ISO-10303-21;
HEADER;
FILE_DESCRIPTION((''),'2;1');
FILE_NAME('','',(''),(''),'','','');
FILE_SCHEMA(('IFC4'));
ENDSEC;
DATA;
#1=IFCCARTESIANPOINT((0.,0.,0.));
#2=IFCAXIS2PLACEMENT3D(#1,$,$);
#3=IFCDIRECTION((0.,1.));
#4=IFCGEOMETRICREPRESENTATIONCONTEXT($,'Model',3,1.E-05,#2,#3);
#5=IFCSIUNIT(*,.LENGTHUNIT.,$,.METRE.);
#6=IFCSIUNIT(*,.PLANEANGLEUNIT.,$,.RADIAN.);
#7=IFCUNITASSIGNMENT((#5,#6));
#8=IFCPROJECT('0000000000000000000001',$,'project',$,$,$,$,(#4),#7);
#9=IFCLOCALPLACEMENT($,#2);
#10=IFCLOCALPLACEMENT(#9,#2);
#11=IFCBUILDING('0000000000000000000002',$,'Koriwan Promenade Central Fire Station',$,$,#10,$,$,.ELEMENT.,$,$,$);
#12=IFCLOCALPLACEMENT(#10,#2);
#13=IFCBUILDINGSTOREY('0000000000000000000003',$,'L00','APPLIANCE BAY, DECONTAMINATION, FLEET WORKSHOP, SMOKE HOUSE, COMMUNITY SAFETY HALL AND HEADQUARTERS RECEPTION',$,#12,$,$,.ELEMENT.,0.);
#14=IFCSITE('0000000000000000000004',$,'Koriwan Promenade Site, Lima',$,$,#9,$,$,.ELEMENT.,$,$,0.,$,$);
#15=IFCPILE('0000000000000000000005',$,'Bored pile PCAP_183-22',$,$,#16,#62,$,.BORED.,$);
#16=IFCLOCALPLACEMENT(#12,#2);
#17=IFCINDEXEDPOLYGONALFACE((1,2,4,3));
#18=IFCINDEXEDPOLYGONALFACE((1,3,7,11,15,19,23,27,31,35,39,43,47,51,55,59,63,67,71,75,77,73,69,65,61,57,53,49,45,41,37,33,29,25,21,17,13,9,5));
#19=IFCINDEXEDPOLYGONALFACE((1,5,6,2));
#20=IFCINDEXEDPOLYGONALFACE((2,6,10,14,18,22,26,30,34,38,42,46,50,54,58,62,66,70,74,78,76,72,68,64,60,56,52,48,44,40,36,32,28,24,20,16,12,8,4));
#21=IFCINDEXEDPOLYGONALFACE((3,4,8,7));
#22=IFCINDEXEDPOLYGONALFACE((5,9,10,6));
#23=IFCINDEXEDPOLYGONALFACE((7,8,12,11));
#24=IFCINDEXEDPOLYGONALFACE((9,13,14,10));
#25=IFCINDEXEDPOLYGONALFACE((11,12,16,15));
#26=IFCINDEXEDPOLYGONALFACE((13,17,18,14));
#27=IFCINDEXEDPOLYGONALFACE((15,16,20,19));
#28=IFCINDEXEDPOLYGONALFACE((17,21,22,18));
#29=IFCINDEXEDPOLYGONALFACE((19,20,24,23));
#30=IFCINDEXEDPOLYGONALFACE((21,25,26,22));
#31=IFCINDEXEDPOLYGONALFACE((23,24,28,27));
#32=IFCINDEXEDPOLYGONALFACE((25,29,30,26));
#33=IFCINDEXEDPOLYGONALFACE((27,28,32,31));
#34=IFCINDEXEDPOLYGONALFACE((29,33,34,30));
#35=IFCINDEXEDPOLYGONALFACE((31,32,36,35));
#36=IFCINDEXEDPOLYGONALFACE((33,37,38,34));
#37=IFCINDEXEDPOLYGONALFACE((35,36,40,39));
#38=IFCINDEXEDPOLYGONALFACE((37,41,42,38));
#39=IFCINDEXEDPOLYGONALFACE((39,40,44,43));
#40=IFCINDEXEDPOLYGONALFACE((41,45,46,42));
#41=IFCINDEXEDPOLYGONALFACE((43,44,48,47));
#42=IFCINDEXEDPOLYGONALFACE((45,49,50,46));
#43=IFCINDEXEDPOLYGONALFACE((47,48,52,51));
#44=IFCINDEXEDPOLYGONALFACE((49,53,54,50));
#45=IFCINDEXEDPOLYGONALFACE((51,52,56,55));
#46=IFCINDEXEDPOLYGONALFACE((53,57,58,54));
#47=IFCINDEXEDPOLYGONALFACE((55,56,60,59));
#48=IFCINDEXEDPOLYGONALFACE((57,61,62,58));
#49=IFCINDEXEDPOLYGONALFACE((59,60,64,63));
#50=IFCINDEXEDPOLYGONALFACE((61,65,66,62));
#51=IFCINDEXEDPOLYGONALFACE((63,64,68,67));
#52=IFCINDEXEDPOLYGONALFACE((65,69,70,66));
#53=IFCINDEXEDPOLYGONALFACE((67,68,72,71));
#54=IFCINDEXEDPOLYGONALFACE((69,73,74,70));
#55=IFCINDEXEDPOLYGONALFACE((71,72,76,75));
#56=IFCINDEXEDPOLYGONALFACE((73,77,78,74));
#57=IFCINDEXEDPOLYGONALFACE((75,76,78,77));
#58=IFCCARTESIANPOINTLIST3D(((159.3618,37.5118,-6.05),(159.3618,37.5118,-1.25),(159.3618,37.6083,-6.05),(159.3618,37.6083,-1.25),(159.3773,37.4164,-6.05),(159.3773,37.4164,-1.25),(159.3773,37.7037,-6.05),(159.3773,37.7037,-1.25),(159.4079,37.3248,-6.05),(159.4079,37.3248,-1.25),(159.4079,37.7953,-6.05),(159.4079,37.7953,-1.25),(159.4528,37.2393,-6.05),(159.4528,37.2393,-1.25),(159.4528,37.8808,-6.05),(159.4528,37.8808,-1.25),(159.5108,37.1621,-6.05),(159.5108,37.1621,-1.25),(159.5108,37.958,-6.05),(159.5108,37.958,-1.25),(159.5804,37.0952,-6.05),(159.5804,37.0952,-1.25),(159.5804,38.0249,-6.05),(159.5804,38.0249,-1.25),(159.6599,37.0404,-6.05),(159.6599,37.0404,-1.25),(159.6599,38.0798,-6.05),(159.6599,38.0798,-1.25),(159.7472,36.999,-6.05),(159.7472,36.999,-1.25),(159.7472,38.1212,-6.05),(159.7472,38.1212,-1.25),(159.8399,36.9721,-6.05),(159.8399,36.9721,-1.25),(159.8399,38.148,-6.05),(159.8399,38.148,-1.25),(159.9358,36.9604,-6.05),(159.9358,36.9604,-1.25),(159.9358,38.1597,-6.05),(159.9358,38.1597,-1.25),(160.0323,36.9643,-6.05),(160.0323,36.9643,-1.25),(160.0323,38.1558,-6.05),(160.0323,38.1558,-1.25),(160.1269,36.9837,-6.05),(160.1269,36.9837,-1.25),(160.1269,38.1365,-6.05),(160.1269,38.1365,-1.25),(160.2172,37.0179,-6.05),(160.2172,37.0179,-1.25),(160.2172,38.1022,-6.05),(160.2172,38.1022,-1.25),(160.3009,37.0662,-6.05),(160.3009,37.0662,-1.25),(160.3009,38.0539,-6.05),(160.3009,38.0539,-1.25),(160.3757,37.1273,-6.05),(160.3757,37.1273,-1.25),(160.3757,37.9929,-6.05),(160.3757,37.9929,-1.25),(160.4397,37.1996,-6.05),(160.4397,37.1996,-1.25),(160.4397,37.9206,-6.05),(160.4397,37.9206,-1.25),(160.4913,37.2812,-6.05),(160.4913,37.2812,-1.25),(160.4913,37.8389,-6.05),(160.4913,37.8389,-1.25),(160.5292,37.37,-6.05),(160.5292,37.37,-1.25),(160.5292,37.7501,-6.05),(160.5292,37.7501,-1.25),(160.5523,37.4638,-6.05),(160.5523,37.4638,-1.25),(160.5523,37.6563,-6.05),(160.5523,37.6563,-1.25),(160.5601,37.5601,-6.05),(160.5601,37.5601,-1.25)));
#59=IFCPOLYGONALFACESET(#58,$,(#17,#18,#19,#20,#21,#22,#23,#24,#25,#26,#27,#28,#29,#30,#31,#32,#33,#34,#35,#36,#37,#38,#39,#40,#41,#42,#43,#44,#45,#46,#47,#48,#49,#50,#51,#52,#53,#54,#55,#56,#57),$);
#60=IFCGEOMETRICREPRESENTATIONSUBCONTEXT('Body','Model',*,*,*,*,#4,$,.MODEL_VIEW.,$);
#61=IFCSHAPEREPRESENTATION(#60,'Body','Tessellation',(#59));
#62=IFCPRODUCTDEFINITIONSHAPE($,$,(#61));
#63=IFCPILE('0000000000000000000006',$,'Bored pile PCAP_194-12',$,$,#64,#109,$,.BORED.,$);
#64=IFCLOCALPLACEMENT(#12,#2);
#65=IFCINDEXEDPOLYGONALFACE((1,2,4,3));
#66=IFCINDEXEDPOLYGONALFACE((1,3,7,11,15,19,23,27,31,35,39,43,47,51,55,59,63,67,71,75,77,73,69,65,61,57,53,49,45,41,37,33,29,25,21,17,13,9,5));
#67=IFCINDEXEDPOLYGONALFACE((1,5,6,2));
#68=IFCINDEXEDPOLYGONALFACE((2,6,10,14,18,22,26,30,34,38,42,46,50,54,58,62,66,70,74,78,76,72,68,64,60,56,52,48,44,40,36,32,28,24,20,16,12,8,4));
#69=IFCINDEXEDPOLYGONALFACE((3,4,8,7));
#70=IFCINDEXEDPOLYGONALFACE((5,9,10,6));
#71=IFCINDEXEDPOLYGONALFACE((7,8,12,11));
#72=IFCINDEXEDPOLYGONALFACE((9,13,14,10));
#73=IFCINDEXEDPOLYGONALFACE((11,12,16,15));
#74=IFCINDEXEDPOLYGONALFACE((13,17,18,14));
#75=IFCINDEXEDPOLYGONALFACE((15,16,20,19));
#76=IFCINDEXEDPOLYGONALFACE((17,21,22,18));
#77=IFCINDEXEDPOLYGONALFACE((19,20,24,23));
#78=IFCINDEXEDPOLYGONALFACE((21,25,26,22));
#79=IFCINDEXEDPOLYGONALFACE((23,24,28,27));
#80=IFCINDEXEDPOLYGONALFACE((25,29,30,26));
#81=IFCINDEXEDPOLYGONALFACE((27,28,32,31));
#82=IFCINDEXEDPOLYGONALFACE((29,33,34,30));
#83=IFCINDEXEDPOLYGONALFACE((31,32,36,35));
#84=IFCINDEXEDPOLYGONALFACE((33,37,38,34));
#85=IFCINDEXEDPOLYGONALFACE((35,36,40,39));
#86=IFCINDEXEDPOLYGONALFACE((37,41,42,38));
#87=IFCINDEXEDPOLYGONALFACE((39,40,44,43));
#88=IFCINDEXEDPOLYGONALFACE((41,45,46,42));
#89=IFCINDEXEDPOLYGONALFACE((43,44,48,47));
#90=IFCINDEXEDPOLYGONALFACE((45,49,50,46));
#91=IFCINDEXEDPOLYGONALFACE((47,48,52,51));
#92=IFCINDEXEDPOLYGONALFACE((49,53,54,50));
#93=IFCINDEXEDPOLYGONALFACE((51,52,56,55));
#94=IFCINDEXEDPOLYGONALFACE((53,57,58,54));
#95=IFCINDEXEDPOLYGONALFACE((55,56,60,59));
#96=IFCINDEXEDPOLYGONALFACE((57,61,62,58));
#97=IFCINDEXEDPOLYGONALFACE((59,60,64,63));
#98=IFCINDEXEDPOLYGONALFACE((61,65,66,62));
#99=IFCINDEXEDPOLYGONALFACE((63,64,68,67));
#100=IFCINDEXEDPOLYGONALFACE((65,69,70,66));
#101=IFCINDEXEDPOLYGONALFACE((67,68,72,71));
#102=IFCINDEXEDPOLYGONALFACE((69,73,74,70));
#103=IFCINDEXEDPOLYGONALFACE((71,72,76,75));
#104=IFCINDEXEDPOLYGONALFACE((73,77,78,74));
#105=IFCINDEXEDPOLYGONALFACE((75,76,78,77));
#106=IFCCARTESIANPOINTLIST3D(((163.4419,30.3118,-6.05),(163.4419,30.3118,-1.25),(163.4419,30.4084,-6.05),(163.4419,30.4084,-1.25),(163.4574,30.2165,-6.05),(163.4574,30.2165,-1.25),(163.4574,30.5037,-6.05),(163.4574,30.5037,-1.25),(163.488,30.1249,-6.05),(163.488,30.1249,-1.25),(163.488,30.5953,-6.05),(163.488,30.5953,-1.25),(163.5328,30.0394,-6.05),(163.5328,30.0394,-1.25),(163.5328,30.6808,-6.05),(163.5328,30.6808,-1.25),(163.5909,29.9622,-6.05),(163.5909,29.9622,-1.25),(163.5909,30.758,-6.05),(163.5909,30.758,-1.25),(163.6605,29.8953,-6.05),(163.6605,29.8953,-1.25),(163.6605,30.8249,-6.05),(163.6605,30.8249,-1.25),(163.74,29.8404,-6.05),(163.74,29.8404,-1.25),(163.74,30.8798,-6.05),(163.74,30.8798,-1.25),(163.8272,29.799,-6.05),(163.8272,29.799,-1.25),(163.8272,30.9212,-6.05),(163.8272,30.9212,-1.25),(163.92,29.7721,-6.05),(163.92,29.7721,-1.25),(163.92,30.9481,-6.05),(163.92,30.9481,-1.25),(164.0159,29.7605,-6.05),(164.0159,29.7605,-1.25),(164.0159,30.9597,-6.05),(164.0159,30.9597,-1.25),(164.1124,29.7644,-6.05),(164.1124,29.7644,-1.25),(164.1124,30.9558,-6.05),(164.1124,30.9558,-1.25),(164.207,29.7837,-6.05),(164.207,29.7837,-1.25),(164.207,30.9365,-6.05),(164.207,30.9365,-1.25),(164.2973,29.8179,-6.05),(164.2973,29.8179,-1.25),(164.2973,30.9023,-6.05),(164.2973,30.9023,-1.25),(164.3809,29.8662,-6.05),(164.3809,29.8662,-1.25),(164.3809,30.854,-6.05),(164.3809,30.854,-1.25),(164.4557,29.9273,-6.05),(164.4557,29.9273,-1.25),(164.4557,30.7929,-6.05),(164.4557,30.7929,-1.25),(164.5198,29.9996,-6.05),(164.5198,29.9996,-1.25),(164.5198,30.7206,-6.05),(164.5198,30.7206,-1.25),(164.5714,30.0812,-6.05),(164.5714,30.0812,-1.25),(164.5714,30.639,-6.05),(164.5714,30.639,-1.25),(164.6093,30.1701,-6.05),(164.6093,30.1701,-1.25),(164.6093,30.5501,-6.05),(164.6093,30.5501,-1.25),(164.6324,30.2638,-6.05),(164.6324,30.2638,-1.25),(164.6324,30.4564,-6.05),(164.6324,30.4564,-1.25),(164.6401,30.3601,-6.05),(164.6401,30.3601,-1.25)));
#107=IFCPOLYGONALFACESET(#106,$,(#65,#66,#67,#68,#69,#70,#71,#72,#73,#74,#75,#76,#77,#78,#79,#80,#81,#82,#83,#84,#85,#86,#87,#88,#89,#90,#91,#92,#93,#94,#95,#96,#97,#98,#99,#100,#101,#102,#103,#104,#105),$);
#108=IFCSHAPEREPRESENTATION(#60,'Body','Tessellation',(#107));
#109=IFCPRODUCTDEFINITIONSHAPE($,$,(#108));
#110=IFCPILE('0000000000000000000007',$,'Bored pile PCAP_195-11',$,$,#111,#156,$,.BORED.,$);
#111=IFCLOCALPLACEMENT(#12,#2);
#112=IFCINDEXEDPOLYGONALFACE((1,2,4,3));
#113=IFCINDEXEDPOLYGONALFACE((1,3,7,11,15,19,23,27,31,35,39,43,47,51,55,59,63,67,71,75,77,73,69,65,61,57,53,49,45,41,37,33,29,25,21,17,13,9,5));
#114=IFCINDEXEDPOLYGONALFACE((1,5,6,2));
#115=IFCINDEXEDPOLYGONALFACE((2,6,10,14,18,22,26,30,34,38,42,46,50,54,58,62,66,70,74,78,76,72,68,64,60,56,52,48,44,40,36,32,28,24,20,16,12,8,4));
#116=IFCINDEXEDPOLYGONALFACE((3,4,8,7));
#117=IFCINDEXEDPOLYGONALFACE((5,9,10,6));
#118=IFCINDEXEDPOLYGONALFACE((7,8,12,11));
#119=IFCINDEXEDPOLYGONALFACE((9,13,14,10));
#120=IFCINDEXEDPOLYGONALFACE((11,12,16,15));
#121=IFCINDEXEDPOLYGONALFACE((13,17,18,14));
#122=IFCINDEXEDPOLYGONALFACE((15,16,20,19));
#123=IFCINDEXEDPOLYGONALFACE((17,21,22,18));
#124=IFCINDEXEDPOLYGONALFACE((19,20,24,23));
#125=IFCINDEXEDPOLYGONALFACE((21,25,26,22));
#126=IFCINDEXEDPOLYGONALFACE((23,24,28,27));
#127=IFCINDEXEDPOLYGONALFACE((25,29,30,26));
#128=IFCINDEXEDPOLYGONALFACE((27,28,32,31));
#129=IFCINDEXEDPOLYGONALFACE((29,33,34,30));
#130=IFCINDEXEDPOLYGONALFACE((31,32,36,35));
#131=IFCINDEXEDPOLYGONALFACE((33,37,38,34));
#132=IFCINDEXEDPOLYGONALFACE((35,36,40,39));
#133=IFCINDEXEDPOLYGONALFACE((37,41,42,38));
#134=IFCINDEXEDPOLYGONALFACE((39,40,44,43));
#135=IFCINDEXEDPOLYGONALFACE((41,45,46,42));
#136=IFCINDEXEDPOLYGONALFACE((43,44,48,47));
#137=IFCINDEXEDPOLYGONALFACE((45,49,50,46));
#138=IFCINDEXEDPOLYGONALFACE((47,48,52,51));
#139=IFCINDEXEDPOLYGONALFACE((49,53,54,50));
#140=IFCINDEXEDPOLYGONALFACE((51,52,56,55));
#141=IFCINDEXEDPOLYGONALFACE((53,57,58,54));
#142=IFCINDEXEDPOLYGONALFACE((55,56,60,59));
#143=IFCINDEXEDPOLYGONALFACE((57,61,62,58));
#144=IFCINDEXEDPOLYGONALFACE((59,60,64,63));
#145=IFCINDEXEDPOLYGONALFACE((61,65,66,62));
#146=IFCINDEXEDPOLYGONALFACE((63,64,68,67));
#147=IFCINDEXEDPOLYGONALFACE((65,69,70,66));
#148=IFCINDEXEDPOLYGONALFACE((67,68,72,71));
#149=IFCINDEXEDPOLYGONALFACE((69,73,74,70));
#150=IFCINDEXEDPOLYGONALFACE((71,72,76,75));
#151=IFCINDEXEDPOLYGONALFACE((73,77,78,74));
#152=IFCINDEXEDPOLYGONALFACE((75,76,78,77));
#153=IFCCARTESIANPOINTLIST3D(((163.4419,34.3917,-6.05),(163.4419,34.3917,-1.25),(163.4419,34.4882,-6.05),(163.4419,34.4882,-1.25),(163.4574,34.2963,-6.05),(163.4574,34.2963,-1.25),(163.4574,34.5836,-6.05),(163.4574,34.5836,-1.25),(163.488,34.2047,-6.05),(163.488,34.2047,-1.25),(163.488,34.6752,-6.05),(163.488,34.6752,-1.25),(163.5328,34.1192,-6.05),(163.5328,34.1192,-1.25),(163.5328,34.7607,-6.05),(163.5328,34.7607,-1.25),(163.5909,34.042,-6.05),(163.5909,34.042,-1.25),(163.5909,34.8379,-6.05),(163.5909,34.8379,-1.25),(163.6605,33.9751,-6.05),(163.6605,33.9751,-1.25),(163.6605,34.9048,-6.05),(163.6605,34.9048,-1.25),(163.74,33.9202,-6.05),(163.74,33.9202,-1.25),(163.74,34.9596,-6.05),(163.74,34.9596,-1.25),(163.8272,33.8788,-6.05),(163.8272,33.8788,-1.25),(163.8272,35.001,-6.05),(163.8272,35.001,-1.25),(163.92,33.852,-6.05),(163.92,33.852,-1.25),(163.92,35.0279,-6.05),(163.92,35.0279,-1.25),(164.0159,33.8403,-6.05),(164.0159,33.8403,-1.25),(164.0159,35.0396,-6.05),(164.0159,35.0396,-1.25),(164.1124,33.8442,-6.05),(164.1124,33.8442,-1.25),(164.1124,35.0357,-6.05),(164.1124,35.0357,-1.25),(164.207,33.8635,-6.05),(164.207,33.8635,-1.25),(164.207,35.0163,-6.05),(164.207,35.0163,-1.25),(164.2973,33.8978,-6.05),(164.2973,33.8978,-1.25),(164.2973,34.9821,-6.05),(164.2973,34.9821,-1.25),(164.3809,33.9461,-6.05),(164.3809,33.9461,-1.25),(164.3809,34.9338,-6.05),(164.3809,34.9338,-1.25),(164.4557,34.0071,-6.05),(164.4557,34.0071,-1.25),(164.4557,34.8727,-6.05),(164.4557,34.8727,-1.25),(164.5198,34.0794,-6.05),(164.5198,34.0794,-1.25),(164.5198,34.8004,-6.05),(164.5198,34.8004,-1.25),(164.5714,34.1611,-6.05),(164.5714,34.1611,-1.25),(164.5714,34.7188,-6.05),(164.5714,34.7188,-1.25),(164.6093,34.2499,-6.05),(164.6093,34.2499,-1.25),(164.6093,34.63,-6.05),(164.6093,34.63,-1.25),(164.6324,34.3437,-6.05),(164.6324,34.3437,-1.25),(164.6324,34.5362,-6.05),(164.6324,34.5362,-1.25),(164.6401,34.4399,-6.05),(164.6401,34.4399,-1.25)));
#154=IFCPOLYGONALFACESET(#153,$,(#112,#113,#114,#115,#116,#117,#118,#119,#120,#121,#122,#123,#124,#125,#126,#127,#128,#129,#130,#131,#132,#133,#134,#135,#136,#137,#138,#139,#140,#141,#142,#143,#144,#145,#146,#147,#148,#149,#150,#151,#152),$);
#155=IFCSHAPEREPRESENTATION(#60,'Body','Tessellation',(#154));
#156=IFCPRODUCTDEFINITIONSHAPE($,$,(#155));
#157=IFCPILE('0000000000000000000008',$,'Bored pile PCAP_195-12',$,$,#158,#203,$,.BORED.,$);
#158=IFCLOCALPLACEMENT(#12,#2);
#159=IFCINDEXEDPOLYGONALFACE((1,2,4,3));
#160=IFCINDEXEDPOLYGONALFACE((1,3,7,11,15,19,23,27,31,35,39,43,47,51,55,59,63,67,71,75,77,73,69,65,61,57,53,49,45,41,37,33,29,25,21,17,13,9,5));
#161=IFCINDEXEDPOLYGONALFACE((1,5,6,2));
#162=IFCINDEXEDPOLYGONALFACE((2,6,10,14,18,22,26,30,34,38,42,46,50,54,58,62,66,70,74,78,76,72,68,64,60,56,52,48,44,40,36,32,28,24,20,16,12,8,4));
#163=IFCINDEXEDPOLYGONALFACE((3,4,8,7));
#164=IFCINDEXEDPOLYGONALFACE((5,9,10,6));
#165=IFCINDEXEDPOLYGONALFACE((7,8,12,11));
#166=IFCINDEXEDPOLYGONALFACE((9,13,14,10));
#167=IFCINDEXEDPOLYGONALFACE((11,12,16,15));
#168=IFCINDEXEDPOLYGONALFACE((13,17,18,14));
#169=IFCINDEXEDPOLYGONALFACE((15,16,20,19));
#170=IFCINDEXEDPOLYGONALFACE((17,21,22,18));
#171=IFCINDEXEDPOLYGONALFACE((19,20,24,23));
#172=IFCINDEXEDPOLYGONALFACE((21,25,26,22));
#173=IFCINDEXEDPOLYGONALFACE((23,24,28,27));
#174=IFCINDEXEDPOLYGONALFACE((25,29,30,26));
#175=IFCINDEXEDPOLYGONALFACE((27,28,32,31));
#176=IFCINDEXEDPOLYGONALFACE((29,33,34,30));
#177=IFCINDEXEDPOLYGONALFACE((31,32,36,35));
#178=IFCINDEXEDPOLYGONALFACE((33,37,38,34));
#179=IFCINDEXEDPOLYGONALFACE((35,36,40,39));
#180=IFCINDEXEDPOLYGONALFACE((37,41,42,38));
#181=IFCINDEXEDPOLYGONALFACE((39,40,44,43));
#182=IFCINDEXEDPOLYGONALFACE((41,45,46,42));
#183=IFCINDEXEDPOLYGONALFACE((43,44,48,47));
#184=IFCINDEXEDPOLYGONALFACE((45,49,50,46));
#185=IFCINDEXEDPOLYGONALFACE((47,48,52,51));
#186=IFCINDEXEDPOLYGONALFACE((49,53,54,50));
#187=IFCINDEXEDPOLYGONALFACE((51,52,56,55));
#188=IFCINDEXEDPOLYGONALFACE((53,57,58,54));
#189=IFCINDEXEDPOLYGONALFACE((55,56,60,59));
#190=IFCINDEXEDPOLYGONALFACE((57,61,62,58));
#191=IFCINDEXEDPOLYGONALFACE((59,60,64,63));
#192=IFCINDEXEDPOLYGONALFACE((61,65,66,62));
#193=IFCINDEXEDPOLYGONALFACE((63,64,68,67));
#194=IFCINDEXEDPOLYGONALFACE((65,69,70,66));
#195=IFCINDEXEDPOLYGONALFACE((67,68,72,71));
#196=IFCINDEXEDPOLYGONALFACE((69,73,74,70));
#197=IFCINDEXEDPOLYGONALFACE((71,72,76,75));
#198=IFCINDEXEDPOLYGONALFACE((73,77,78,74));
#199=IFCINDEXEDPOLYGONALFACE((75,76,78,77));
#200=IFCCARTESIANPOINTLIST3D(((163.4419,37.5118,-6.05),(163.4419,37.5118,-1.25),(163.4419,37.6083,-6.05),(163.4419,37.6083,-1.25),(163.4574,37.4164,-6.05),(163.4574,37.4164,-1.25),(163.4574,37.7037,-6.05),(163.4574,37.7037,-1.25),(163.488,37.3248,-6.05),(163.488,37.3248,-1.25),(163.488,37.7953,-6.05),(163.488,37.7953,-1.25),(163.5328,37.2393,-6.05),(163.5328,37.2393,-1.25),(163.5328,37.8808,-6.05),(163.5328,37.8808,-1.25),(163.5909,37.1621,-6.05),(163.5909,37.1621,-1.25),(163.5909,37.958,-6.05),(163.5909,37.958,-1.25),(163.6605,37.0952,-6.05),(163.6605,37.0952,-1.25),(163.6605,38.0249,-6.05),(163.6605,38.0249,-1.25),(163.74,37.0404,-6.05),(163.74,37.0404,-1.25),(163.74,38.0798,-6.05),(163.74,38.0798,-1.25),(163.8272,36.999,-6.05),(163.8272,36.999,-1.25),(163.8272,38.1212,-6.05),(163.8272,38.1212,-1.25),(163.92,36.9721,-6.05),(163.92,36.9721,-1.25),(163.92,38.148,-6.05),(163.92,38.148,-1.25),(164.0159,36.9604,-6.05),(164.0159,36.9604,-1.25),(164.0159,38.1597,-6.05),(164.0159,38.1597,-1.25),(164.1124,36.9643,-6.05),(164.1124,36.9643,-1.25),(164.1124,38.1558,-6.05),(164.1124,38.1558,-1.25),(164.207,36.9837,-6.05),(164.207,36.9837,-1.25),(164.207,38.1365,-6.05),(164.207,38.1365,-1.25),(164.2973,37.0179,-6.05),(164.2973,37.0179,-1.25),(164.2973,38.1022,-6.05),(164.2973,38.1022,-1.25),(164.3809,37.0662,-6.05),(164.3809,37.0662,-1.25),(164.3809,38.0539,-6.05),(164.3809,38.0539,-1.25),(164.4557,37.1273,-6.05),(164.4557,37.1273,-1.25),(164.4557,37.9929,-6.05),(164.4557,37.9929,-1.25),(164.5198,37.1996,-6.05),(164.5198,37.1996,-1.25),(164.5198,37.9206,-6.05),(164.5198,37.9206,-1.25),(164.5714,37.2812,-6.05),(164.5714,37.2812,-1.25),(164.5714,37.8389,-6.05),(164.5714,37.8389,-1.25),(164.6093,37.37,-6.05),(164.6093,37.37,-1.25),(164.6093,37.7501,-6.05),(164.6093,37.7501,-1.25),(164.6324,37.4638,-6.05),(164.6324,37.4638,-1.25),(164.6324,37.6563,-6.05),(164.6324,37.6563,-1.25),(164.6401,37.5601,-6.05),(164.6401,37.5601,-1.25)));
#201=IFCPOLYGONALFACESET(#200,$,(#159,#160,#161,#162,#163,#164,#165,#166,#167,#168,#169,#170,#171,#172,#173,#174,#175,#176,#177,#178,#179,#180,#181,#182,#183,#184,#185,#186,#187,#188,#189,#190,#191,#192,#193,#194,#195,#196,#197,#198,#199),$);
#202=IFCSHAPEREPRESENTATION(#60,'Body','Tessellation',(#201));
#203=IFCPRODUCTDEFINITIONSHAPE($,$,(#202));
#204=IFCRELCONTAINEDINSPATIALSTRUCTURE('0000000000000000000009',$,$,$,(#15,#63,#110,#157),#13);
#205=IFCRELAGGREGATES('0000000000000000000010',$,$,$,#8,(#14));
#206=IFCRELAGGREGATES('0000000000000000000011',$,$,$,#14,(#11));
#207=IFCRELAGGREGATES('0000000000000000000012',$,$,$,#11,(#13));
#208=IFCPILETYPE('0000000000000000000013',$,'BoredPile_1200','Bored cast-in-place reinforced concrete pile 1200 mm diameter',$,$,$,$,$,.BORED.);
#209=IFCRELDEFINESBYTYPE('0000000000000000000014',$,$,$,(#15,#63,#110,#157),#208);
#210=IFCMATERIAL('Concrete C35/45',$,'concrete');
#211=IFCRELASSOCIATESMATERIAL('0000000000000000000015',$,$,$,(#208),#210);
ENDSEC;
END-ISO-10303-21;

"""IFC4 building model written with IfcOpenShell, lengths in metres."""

from ifc_helpers import new_model, si_unit, direction, frame, origin, origin_2d, place, context, subcontext, project, spatial, circle, extrude, material, material_profile, profile_set, type_object, element, save


model = new_model("IFC4")

# Units and contexts
model_context = context("Model", 3, precision=1e-05, world=origin(), true_north=direction((0.0, 1.0)))
body_context = subcontext(model_context, "Body", "Model", "MODEL_VIEW")
ifc_project = project(units=[si_unit("LENGTHUNIT", "METRE"), si_unit("PLANEANGLEUNIT", "RADIAN")], contexts=[model_context])

# Site, building, storey
site_placement = place(None, origin())
site = spatial("IfcSite", under=ifc_project, at=site_placement, Name="Koriwan Promenade Site, Lima", CompositionType="ELEMENT", RefElevation=0.0)
building_placement = place(site_placement, origin())
building = spatial("IfcBuilding", under=site, at=building_placement, Name="Koriwan Promenade Central Fire Station", CompositionType="ELEMENT")
storey_placement = place(building_placement, origin())
storey = spatial("IfcBuildingStorey", under=building, at=storey_placement, Name="L00", Description="APPLIANCE BAY, DECONTAMINATION, FLEET WORKSHOP, SMOKE HOUSE, COMMUNITY SAFETY HALL AND HEADQUARTERS RECEPTION", CompositionType="ELEMENT", Elevation=0.0)

# Piles
ifc_material_1 = material(Name="Concrete C35/45", Category="concrete")
ifc_material_profile_1 = material_profile(ifc_material_1, circle(Radius=0.6001, at=origin_2d()), Name="PILE-D1200")
ifc_profile_set_1 = profile_set([ifc_material_profile_1], Name="Concrete C35/45")
pile_type_1 = type_object("IfcPileType", Name="BoredPile_1200", Description="Bored cast-in-place reinforced concrete pile 1200 mm diameter", PredefinedType="BORED", material=ifc_profile_set_1)
for number, where, z_axis, x_axis, name in (
    (1, (159.96, 37.5601, -1.25), (0.0, 0.0, -1.0), (1.0, 0.0, 0.0), "Bored pile PCAP_183-22"),
    (2, (164.04, 30.3601, -1.25), (0.0, 0.0, -1.0), (1.0, 0.0, 0.0), "Bored pile PCAP_194-12"),
    (3, (164.04, 34.4399, -1.25), (0.0, 0.0, -1.0), (1.0, 0.0, 0.0), "Bored pile PCAP_195-11"),
    (4, (164.04, 37.5601, -1.25), (0.0, 0.0, -1.0), (1.0, 0.0, 0.0), "Bored pile PCAP_195-12"),
):
    element("IfcPile", number, at=place(storey_placement, frame(where, z_axis=z_axis, x_axis=x_axis)), inside=storey, type_object=pile_type_1, Name=name, PredefinedType="BORED", context=body_context, shape_type="SweptSolid", body=[
        extrude(circle(Radius=0.6001, at=origin_2d()), origin(), (0.0, 0.0, 1.0), 4.8),
    ])

save(model, "model.ifc")
